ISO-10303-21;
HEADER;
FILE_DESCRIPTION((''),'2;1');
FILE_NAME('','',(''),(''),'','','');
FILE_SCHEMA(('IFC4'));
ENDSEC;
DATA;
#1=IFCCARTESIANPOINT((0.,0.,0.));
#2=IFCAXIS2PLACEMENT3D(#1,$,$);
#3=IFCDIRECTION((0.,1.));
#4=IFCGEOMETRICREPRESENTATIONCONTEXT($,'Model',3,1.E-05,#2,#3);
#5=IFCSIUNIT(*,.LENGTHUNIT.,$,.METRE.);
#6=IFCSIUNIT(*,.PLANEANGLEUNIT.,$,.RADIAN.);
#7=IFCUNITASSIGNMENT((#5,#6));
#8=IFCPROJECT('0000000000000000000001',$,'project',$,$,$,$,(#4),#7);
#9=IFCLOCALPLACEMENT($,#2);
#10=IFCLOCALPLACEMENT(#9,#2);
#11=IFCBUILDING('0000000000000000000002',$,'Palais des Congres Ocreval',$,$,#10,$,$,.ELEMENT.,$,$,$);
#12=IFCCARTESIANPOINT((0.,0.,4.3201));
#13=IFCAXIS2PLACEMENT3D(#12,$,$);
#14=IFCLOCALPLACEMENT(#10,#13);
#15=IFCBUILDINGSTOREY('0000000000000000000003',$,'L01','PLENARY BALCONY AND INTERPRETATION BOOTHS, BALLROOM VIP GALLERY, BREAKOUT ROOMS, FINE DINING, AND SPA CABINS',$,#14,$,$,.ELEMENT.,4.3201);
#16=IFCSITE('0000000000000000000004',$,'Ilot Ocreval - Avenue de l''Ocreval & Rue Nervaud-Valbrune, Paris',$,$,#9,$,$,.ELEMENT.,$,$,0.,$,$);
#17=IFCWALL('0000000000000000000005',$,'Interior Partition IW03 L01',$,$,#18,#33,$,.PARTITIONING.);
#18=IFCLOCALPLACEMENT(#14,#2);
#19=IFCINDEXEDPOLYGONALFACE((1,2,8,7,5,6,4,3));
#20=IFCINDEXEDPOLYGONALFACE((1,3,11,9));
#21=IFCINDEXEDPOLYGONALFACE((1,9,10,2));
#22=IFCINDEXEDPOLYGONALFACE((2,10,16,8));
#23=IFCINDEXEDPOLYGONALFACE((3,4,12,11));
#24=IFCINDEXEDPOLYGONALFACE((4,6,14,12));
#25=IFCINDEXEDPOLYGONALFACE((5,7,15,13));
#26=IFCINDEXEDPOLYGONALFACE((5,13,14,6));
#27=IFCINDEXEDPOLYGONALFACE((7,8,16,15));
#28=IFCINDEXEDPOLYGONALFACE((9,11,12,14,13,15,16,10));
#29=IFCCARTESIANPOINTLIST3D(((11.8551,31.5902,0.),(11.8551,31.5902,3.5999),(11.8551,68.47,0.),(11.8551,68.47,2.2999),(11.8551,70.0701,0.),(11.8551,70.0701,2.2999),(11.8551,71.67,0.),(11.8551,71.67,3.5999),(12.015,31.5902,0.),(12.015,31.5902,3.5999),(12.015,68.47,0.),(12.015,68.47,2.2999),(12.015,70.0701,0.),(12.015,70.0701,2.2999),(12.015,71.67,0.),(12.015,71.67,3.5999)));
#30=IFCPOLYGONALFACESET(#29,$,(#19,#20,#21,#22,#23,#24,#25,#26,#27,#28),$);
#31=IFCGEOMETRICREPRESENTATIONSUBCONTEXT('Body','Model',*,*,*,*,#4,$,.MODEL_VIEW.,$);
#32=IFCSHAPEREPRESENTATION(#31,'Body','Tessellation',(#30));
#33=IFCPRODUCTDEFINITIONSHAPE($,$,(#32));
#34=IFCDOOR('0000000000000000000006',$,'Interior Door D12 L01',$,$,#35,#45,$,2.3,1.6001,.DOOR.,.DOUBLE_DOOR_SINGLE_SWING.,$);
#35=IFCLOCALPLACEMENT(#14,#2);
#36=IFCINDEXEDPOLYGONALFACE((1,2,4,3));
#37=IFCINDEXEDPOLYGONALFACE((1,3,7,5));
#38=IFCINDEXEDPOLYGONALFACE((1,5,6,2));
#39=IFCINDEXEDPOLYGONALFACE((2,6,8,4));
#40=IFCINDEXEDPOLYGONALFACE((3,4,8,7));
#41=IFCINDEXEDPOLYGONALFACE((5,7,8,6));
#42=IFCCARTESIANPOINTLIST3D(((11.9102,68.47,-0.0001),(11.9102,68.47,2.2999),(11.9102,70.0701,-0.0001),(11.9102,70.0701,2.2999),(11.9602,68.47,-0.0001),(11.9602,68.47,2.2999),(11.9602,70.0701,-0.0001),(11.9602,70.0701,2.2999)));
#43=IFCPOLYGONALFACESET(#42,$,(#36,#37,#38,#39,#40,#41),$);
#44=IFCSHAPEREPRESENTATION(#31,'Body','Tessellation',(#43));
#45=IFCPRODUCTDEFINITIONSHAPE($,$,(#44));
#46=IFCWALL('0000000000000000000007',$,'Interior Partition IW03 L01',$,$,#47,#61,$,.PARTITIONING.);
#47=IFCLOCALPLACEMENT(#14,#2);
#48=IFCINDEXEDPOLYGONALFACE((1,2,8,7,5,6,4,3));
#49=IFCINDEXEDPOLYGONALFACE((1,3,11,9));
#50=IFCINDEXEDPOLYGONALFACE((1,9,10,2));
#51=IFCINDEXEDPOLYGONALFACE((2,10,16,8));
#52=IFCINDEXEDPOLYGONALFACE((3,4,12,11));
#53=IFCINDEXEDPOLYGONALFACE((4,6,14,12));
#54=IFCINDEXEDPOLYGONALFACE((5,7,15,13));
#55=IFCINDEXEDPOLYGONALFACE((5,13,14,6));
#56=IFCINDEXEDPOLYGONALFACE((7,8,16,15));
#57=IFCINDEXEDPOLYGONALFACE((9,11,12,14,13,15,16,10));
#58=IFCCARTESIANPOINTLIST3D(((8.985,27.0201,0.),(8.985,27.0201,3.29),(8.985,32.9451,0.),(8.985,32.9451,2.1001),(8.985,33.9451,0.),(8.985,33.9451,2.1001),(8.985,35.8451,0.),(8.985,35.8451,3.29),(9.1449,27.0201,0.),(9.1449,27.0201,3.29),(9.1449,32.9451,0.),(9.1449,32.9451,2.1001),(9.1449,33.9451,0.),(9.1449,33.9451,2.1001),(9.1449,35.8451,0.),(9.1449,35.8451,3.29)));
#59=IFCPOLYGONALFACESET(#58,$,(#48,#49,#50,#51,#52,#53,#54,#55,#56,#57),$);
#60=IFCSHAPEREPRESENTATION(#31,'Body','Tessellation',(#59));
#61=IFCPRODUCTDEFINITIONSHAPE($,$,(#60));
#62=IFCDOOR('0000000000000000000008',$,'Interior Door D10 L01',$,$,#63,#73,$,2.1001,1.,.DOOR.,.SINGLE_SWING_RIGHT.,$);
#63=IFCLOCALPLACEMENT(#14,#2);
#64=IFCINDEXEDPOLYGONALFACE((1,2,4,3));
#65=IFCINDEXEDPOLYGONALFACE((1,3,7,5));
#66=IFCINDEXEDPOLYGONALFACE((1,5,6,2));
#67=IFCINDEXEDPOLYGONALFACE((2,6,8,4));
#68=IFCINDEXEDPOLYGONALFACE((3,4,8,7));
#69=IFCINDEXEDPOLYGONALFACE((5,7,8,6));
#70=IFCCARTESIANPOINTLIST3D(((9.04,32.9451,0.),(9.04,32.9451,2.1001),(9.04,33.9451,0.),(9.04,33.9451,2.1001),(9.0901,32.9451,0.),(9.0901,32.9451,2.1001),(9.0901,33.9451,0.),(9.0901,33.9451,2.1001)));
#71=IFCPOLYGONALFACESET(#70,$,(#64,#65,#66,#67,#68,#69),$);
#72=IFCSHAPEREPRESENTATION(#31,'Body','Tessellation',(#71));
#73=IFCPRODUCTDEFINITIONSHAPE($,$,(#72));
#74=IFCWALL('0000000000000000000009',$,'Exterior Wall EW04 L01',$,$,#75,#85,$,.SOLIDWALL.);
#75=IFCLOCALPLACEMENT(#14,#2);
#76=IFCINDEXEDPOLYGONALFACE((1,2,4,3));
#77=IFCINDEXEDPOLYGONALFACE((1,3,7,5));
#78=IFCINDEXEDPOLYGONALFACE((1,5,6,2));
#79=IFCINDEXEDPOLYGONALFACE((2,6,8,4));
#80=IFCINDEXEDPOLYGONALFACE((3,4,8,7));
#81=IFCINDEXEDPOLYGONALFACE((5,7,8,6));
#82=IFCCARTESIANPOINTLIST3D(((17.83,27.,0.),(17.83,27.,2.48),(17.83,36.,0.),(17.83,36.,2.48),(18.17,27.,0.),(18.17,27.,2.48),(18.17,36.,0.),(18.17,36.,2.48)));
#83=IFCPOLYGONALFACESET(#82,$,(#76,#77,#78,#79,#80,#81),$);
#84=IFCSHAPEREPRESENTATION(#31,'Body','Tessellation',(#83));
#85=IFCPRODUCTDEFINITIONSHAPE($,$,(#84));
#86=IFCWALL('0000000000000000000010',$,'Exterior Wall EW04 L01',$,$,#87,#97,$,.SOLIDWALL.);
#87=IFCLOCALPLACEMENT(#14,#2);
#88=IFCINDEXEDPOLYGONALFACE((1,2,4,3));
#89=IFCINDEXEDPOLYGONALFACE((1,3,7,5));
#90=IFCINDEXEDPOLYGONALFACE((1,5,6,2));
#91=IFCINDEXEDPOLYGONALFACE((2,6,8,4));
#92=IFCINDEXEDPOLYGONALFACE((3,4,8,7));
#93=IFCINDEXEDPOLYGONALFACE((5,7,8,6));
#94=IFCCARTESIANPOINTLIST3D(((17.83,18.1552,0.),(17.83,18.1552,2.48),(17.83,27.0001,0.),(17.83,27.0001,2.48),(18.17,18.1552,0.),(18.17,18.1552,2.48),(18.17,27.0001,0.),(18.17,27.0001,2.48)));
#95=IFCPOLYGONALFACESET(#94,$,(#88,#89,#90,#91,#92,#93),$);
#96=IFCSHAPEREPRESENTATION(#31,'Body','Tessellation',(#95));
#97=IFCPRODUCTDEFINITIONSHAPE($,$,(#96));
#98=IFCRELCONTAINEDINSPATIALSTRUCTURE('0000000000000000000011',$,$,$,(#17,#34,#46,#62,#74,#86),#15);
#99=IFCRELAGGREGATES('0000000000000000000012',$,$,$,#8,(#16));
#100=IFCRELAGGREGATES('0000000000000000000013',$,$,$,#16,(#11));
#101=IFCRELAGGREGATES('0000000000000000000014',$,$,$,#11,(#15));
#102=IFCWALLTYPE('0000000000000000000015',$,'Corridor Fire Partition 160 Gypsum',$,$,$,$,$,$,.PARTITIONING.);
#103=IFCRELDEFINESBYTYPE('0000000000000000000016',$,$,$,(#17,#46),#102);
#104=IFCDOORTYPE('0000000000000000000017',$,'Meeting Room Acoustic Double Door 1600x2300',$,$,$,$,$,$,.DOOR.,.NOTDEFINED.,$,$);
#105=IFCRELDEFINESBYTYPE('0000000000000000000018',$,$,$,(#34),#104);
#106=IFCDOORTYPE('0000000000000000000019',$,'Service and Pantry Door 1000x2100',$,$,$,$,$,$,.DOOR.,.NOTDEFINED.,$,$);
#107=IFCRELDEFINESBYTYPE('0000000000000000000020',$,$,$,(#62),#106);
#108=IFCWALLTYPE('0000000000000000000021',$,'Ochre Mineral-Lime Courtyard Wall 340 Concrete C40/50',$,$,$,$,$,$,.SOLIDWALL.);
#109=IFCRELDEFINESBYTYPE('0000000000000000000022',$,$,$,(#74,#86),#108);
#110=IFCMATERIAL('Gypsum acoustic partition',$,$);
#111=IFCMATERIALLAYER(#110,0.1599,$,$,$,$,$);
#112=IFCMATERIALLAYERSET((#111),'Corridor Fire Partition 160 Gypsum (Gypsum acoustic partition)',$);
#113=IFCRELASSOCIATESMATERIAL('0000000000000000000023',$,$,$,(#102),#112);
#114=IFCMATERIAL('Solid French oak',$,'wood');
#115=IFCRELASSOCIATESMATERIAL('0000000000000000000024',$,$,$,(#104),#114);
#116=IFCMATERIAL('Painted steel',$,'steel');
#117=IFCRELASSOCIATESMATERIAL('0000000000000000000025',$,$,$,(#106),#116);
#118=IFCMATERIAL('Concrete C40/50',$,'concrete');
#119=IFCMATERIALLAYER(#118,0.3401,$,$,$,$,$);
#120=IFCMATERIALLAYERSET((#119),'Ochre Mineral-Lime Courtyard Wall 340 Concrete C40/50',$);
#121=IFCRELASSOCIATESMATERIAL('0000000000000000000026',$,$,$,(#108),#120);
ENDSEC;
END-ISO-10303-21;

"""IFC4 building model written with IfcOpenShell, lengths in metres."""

from ifc_helpers import new_model, si_unit, direction, frame, frame_2d, origin, place, context, subcontext, project, spatial, rectangle, extrude, material, layer, layer_set, type_object, element, fill, save


model = new_model("IFC4")

# Units and contexts
model_context = context("Model", 3, precision=1e-05, world=origin(), true_north=direction((0.0, 1.0)))
body_context = subcontext(model_context, "Body", "Model", "MODEL_VIEW")
ifc_project = project(units=[si_unit("LENGTHUNIT", "METRE"), si_unit("PLANEANGLEUNIT", "RADIAN")], contexts=[model_context])

# Site, building, storey
site_placement = place(None, origin())
site = spatial("IfcSite", under=ifc_project, at=site_placement, Name="Ilot Ocreval - Avenue de l'Ocreval & Rue Nervaud-Valbrune, Paris", CompositionType="ELEMENT", RefElevation=0.0)
building_placement = place(site_placement, origin())
building = spatial("IfcBuilding", under=site, at=building_placement, Name="Palais des Congres Ocreval", CompositionType="ELEMENT")
storey_placement = place(building_placement, frame((0.0, 0.0, 4.3201)))
storey = spatial("IfcBuildingStorey", under=building, at=storey_placement, Name="L01", Description="PLENARY BALCONY AND INTERPRETATION BOOTHS, BALLROOM VIP GALLERY, BREAKOUT ROOMS, FINE DINING, AND SPA CABINS", CompositionType="ELEMENT", Elevation=4.3201)

# Shared definitions
ifc_material_1 = material(Name="Concrete C40/50", Category="concrete")

# Shared definitions
ifc_material_2 = material(Name="Solid French oak", Category="wood")

# Shared definitions
ifc_material_3 = material(Name="Gypsum acoustic partition")
ifc_layer_1 = layer(ifc_material_3, 0.1599)
ifc_layer_set_1 = layer_set([ifc_layer_1], Name="Corridor Fire Partition 160 Gypsum (Gypsum acoustic partition)")
wall_type_1 = type_object("IfcWallType", Name="Corridor Fire Partition 160 Gypsum", PredefinedType="PARTITIONING", material=ifc_layer_set_1)

# Walls, openings, doors
wall_1_placement = place(storey_placement, frame((11.9351, 31.5901, 0.0), z_axis=(0.0, 0.0, 1.0), x_axis=(0.0, 1.0, 0.0)))
wall_1 = element("IfcWall", 1, at=wall_1_placement, inside=storey, type_object=wall_type_1, Name="Interior Partition IW03 L01", PredefinedType="PARTITIONING", context=body_context, shape_type="SweptSolid", body=[
    extrude(rectangle(XDim=40.0798, YDim=0.1599, at=frame_2d((20.04, 0.0))), origin(), (0.0, 0.0, 1.0), 3.5999),
])
opening_1_placement = place(wall_1_placement, frame((36.8799, 0.0, 0.0)))
opening_1 = element("IfcOpeningElement", 2, at=opening_1_placement, cuts=wall_1, PredefinedType="OPENING", context=body_context, shape_type="SweptSolid", body=[
    extrude(rectangle(XDim=1.6001, YDim=2.3, at=frame_2d((0.8, 1.1499))), frame((0.0, 0.0898, 0.0), z_axis=(0.0, -1.0, 0.0), x_axis=(1.0, 0.0, 0.0)), (0.0, 0.0, 1.0), 0.1799),
])
door_type_1 = type_object("IfcDoorType", Name="Meeting Room Acoustic Double Door 1600x2300", OperationType="NOTDEFINED", PredefinedType="DOOR", material=ifc_material_2)
door_1_placement = place(opening_1_placement, origin())
door_1 = element("IfcDoor", 3, at=door_1_placement, inside=storey, type_object=door_type_1, Name="Interior Door D12 L01", OperationType="DOUBLE_DOOR_SINGLE_SWING", OverallHeight=2.3, OverallWidth=1.6001, PredefinedType="DOOR", context=body_context, shape_type="SweptSolid", body=[
    extrude(rectangle(XDim=1.6001, YDim=2.3, at=frame_2d((0.8, 1.1499))), frame((0.0, 0.0249, 0.0), z_axis=(0.0, -1.0, 0.0), x_axis=(1.0, 0.0, 0.0)), (0.0, 0.0, 1.0), 0.05),
])
fill(opening_1, door_1)
wall_2_placement = place(storey_placement, frame((9.0649, 27.02, 0.0), z_axis=(0.0, 0.0, 1.0), x_axis=(0.0, 1.0, 0.0)))
wall_2 = element("IfcWall", 4, at=wall_2_placement, inside=storey, type_object=wall_type_1, Name="Interior Partition IW03 L01", PredefinedType="PARTITIONING", context=body_context, shape_type="SweptSolid", body=[
    extrude(rectangle(XDim=8.825, YDim=0.1599, at=frame_2d((4.4126, 0.0))), origin(), (0.0, 0.0, 1.0), 3.29),
])
opening_2_placement = place(wall_2_placement, frame((5.925, 0.0, 0.0)))
opening_2 = element("IfcOpeningElement", 5, at=opening_2_placement, cuts=wall_2, PredefinedType="OPENING", context=body_context, shape_type="SweptSolid", body=[
    extrude(rectangle(XDim=1.0, YDim=2.1001, at=frame_2d((0.5, 1.05))), frame((0.0, 0.0898, 0.0), z_axis=(0.0, -1.0, 0.0), x_axis=(1.0, 0.0, 0.0)), (0.0, 0.0, 1.0), 0.1799),
])
ifc_material_4 = material(Name="Painted steel", Category="steel")
door_type_2 = type_object("IfcDoorType", Name="Service and Pantry Door 1000x2100", OperationType="NOTDEFINED", PredefinedType="DOOR", material=ifc_material_4)
door_2_placement = place(opening_2_placement, origin())
door_2 = element("IfcDoor", 6, at=door_2_placement, inside=storey, type_object=door_type_2, Name="Interior Door D10 L01", OperationType="SINGLE_SWING_RIGHT", OverallHeight=2.1001, OverallWidth=1.0, PredefinedType="DOOR", context=body_context, shape_type="SweptSolid", body=[
    extrude(rectangle(XDim=1.0, YDim=2.1001, at=frame_2d((0.5, 1.05))), frame((0.0, 0.0249, 0.0), z_axis=(0.0, -1.0, 0.0), x_axis=(1.0, 0.0, 0.0)), (0.0, 0.0, 1.0), 0.05),
])
fill(opening_2, door_2)

# Walls
ifc_layer_2 = layer(ifc_material_1, 0.3401)
ifc_layer_set_2 = layer_set([ifc_layer_2], Name="Ochre Mineral-Lime Courtyard Wall 340 Concrete C40/50")
wall_type_2 = type_object("IfcWallType", Name="Ochre Mineral-Lime Courtyard Wall 340 Concrete C40/50", PredefinedType="SOLIDWALL", material=ifc_layer_set_2)
wall_3_placement = place(storey_placement, frame((18.0, 36.0, 0.0), z_axis=(0.0, 0.0, 1.0), x_axis=(0.0, -1.0, 0.0)))
element("IfcWall", 7, at=wall_3_placement, inside=storey, type_object=wall_type_2, Name="Exterior Wall EW04 L01", PredefinedType="SOLIDWALL", context=body_context, shape_type="SweptSolid", body=[
    extrude(rectangle(XDim=9.0, YDim=0.3401, at=frame_2d((4.5, 0.0))), origin(), (0.0, 0.0, 1.0), 2.48),
])
wall_4_placement = place(storey_placement, frame((18.0, 27.0, 0.0), z_axis=(0.0, 0.0, 1.0), x_axis=(0.0, -1.0, 0.0)))
element("IfcWall", 8, at=wall_4_placement, inside=storey, type_object=wall_type_2, Name="Exterior Wall EW04 L01", PredefinedType="SOLIDWALL", context=body_context, shape_type="SweptSolid", body=[
    extrude(rectangle(XDim=8.845, YDim=0.3401, at=frame_2d((4.4224, 0.0))), origin(), (0.0, 0.0, 1.0), 2.48),
])

save(model, "model.ifc")
